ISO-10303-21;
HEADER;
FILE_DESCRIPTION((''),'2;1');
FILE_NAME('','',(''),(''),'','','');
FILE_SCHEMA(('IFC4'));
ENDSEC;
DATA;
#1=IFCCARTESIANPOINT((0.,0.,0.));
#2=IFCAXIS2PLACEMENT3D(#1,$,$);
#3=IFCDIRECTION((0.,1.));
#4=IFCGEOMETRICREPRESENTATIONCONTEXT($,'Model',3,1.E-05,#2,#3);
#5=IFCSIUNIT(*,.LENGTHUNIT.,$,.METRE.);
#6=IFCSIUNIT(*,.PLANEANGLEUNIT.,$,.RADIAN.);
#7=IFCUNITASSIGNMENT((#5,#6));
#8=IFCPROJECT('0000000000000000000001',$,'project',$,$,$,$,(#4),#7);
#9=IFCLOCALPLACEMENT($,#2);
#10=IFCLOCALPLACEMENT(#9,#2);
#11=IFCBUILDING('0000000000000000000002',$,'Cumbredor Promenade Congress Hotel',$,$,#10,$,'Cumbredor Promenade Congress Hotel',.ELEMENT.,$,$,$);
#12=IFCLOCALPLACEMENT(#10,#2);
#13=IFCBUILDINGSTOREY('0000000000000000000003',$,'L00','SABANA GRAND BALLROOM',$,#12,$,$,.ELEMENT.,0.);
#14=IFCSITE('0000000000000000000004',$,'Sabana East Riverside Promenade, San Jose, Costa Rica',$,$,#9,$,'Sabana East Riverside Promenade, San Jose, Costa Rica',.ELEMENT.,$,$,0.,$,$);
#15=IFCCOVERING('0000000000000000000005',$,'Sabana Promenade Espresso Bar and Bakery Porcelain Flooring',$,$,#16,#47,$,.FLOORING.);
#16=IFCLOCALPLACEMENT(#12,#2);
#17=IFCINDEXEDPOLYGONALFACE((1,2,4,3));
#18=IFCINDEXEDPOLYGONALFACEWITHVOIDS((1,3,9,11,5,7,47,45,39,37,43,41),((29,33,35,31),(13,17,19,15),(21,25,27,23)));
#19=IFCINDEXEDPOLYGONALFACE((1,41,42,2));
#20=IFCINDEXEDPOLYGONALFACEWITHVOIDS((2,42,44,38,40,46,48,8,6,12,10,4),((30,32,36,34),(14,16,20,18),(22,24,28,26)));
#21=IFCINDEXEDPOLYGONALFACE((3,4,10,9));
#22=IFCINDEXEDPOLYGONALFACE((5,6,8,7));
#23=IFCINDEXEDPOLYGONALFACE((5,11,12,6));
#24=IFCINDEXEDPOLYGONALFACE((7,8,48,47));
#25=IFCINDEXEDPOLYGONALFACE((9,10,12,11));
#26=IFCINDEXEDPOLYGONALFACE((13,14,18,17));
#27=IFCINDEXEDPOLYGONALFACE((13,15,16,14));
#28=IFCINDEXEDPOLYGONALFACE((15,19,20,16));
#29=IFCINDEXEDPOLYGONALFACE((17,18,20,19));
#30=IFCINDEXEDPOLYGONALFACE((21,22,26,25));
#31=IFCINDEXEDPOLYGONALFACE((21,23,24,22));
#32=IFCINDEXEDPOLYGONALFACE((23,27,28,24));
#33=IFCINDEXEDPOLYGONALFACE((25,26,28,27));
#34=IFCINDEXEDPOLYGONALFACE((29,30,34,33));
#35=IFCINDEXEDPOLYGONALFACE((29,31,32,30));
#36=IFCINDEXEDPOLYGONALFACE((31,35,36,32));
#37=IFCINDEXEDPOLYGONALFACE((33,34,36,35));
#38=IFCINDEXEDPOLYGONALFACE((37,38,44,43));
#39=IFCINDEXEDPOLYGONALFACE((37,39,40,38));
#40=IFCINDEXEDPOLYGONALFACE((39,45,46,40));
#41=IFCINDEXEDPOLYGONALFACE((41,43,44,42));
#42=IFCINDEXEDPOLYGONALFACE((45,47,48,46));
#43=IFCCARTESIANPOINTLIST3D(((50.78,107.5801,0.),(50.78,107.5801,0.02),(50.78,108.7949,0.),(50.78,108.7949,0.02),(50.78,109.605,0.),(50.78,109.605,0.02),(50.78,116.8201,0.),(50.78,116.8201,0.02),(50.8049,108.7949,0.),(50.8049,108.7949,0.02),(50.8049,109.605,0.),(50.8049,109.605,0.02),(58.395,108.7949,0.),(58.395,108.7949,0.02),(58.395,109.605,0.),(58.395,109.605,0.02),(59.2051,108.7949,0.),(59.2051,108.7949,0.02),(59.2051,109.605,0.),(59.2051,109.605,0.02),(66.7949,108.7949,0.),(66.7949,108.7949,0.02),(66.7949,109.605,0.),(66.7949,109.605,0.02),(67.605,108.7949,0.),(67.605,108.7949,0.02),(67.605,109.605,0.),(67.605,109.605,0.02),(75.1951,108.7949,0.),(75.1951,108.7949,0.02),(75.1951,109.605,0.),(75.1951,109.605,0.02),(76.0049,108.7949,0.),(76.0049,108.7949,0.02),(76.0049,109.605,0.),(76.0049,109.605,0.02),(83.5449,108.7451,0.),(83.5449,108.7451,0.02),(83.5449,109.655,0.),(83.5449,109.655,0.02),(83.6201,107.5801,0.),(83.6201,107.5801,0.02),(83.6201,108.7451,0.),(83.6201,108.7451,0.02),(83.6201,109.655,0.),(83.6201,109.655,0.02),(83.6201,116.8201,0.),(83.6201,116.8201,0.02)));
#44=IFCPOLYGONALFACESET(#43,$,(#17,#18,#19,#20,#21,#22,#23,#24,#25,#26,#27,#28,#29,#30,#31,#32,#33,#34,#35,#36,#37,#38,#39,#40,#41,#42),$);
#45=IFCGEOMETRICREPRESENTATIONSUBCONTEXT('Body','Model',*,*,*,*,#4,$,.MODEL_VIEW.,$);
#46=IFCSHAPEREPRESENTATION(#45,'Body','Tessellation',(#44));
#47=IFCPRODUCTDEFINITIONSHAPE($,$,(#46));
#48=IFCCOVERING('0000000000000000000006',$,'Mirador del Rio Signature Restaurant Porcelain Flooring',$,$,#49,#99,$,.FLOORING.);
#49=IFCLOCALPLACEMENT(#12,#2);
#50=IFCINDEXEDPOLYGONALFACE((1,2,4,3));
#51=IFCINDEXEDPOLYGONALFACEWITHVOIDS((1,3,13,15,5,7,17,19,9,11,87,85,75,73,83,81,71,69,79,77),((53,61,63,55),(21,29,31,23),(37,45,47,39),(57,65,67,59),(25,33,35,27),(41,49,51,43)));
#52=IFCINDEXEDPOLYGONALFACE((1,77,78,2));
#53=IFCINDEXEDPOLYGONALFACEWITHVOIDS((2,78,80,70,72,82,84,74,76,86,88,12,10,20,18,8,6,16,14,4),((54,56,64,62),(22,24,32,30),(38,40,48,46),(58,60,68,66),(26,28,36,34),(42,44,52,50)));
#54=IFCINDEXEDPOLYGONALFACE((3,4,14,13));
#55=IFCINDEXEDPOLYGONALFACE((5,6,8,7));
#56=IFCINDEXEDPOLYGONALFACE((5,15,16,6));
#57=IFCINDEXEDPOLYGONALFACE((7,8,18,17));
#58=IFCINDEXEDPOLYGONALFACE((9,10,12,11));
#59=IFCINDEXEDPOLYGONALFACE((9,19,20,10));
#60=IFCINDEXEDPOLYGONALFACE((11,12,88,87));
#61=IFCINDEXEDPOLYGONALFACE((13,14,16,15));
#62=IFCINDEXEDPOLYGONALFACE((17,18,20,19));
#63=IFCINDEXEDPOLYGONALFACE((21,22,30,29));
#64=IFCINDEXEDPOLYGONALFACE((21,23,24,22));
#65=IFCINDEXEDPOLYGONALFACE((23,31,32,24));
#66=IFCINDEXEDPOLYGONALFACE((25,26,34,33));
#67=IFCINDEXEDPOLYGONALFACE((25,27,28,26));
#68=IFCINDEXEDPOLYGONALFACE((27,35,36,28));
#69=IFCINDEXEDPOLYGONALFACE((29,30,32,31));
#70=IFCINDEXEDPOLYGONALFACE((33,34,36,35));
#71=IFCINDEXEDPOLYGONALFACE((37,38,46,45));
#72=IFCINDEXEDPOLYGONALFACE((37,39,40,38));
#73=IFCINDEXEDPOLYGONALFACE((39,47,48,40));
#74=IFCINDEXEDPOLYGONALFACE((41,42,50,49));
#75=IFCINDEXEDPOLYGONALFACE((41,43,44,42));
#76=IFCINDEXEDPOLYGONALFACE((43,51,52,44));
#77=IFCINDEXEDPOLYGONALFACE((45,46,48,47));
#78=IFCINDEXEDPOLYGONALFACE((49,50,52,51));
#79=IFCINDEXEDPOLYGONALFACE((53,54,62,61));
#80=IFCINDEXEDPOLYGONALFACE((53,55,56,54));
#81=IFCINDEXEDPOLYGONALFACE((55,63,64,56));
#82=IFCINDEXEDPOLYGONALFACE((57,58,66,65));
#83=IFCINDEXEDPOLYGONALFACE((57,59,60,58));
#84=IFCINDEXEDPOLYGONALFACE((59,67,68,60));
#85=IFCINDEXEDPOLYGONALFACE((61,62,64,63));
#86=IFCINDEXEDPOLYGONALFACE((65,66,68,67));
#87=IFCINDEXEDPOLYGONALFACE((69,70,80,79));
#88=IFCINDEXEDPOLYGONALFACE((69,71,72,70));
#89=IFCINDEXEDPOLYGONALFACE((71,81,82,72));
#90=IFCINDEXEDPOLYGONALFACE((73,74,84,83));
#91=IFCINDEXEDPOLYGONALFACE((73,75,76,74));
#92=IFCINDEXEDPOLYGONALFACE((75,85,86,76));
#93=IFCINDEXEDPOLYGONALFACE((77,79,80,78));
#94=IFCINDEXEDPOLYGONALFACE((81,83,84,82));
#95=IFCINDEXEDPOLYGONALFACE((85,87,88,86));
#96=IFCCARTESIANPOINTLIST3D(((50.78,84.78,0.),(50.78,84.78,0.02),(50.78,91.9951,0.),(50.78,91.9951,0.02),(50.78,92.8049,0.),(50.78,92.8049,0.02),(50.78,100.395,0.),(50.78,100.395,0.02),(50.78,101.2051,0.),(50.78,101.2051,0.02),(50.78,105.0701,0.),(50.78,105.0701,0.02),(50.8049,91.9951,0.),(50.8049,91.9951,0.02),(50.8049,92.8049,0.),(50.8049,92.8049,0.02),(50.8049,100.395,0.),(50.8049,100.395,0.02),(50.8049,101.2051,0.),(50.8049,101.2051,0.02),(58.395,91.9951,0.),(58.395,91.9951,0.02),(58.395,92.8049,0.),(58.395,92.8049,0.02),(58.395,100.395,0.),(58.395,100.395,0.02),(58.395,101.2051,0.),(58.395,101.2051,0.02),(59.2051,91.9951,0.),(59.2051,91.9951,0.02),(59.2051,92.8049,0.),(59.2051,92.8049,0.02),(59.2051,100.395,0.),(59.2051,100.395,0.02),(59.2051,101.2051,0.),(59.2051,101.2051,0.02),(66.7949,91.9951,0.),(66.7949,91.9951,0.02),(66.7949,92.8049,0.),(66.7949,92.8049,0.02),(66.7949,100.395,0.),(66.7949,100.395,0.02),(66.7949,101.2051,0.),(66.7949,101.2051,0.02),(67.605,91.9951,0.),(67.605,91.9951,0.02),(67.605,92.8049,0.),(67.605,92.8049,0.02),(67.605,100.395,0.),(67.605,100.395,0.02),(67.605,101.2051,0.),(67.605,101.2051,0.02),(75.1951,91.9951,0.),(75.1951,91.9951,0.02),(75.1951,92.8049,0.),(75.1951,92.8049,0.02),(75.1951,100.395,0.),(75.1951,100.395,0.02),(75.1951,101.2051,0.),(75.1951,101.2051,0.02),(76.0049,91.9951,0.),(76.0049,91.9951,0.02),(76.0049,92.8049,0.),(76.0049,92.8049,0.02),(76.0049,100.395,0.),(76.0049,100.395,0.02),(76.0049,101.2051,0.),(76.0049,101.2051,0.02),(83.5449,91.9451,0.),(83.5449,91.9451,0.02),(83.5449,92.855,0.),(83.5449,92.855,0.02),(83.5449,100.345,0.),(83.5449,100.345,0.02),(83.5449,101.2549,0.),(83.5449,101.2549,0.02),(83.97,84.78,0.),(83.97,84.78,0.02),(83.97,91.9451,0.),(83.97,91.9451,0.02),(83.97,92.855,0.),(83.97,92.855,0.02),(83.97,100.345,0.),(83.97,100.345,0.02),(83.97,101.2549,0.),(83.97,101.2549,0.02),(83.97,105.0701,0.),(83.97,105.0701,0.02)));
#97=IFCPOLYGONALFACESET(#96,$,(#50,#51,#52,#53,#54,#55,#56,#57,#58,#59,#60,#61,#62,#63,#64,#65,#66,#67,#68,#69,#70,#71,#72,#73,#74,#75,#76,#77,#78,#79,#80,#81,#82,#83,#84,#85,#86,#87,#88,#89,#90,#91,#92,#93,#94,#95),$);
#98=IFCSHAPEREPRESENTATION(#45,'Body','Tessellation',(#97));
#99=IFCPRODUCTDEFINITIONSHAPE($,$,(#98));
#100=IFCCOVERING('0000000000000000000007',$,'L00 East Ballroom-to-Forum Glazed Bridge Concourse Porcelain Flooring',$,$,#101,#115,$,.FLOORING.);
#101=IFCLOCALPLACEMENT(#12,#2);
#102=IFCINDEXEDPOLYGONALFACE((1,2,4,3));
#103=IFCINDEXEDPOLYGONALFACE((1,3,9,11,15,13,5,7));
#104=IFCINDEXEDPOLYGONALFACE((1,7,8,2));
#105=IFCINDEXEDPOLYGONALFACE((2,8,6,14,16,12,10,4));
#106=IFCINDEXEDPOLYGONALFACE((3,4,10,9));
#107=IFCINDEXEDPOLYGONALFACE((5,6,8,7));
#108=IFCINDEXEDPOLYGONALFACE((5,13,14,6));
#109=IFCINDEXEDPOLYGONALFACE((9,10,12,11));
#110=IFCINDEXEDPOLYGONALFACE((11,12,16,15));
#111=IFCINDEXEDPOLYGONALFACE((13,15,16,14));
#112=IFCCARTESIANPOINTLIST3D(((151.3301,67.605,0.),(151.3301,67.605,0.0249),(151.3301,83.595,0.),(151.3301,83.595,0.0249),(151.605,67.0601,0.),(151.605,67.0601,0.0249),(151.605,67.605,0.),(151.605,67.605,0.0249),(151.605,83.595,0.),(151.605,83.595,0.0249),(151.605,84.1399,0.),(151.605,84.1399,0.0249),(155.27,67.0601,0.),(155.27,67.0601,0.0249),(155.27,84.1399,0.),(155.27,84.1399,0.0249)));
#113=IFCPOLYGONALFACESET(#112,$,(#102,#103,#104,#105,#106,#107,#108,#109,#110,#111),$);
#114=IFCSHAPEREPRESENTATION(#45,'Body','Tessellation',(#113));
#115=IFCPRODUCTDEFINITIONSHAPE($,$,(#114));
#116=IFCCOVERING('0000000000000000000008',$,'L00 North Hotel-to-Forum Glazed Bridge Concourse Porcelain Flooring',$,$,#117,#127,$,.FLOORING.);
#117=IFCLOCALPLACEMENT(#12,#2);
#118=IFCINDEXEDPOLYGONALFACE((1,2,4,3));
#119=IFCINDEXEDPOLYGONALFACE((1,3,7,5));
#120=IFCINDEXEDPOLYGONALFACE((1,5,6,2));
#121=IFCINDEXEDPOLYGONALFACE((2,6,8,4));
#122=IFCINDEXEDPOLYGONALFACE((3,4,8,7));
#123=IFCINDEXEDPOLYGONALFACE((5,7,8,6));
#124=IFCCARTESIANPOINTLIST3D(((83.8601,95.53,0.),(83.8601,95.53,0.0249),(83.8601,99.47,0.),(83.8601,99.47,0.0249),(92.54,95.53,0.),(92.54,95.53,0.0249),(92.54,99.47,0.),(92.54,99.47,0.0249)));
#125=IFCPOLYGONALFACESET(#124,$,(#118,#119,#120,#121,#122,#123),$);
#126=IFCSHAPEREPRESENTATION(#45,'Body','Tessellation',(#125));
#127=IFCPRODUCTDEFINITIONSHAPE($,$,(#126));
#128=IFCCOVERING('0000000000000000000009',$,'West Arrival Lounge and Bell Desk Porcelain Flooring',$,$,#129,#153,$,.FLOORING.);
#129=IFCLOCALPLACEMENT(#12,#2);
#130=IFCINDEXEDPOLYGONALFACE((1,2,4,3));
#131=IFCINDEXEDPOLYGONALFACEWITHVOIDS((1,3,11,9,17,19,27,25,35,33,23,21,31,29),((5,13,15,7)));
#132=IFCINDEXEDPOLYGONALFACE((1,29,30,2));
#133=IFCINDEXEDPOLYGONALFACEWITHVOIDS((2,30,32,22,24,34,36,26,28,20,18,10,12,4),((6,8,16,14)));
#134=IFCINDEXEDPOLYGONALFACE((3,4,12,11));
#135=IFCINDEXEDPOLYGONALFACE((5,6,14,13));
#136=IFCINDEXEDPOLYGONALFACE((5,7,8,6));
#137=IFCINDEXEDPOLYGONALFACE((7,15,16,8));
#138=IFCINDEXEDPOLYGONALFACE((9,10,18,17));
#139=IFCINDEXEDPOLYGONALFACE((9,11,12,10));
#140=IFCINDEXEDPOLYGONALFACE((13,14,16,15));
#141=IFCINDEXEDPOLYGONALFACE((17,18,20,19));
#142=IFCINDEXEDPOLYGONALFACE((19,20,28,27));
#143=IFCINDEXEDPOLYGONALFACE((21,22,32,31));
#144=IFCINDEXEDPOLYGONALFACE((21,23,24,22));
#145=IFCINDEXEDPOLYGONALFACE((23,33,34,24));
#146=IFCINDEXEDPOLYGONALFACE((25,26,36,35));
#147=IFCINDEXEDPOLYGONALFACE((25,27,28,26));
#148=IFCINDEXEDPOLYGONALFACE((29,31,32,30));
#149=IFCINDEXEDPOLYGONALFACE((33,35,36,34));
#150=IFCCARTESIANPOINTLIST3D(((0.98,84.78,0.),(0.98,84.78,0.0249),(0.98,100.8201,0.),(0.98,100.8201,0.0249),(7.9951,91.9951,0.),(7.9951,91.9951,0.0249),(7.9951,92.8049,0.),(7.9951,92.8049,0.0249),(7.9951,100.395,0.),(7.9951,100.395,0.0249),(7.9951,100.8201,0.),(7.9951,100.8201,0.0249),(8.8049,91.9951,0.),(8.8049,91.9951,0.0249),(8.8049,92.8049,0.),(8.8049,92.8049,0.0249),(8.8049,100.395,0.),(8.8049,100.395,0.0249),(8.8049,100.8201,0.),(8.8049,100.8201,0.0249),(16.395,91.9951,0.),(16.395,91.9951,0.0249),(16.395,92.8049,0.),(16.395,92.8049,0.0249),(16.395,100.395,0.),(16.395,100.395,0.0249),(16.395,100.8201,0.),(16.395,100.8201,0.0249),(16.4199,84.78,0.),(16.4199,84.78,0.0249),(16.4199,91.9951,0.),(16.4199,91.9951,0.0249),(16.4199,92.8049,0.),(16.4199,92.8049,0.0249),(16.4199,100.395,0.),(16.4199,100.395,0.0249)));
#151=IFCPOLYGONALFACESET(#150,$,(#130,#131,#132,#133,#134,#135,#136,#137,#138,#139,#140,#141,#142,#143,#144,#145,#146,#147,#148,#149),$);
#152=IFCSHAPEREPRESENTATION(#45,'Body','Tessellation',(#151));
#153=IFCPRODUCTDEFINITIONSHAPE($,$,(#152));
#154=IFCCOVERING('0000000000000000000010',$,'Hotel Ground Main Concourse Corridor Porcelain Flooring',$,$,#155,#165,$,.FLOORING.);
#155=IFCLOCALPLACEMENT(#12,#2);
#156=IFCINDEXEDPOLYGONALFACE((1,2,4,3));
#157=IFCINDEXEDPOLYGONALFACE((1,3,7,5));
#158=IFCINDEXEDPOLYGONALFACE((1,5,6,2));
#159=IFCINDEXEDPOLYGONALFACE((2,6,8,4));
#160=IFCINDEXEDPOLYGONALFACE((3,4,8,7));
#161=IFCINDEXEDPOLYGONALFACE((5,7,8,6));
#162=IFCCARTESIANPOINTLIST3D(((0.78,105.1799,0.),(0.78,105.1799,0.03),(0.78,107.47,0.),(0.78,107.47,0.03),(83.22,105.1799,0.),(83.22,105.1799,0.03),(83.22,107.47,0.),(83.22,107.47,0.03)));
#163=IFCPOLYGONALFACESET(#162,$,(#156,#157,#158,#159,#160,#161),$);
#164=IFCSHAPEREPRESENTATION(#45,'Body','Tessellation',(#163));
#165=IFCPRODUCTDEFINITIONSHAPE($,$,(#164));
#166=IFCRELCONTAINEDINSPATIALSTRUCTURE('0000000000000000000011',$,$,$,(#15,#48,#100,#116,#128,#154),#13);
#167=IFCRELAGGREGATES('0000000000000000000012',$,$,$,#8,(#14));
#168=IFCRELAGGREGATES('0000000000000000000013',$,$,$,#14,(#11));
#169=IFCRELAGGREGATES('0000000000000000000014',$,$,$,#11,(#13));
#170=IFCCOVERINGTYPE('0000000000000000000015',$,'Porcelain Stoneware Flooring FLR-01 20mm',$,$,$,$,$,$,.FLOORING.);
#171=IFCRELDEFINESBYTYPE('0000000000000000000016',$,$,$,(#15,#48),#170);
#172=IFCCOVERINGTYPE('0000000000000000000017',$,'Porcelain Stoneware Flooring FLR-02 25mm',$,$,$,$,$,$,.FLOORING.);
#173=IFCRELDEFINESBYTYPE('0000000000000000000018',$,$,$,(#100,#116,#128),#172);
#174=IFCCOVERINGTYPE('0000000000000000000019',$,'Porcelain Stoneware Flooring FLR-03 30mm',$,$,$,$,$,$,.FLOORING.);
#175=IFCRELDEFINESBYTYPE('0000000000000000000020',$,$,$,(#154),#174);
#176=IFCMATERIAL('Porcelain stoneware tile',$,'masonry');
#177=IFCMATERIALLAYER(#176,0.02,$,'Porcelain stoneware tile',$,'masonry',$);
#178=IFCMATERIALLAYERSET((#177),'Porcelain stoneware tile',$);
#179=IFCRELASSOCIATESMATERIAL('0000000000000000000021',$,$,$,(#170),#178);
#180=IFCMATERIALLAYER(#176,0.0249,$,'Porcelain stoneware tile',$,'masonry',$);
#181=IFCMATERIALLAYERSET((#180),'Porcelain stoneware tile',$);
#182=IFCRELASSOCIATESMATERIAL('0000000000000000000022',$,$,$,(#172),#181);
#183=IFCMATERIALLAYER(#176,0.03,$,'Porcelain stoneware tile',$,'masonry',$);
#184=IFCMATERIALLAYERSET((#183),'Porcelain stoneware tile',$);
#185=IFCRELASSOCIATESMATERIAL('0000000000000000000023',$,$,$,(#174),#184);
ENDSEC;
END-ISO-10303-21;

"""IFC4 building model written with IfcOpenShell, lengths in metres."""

from ifc_helpers import new_model, si_unit, direction, origin, place, context, subcontext, project, spatial, polyline, outline, extrude, material, layer, layer_set, type_object, element, save


model = new_model("IFC4")

# Units and contexts
model_context = context("Model", 3, precision=1e-05, world=origin(), true_north=direction((0.0, 1.0)))
body_context = subcontext(model_context, "Body", "Model", "MODEL_VIEW")
ifc_project = project(units=[si_unit("LENGTHUNIT", "METRE"), si_unit("PLANEANGLEUNIT", "RADIAN")], contexts=[model_context])

# Site, building, storey
site_placement = place(None, origin())
site = spatial("IfcSite", under=ifc_project, at=site_placement, Name="Sabana East Riverside Promenade, San Jose, Costa Rica", LongName="Sabana East Riverside Promenade, San Jose, Costa Rica", CompositionType="ELEMENT", RefElevation=0.0)
building_placement = place(site_placement, origin())
building = spatial("IfcBuilding", under=site, at=building_placement, Name="Cumbredor Promenade Congress Hotel", LongName="Cumbredor Promenade Congress Hotel", CompositionType="ELEMENT")
storey_placement = place(building_placement, origin())
storey = spatial("IfcBuildingStorey", under=building, at=storey_placement, Name="L00", Description="SABANA GRAND BALLROOM", CompositionType="ELEMENT", Elevation=0.0)

# Coverings
ifc_material_1 = material(Name="Porcelain stoneware tile", Category="masonry")
ifc_layer_1 = layer(ifc_material_1, 0.02, Name="Porcelain stoneware tile", Category="masonry")
ifc_layer_set_1 = layer_set([ifc_layer_1], Name="Porcelain stoneware tile")
covering_type_1 = type_object("IfcCoveringType", Name="Porcelain Stoneware Flooring FLR-01 20mm", PredefinedType="FLOORING", material=ifc_layer_set_1)
covering_1_placement = place(storey_placement, origin())
element("IfcCovering", 1, at=covering_1_placement, inside=storey, type_object=covering_type_1, Name="Sabana Promenade Espresso Bar and Bakery Porcelain Flooring", PredefinedType="FLOORING", context=body_context, shape_type="SweptSolid", body=[
    extrude(outline(polyline([(50.78, 116.8201), (83.6201, 116.8201), (83.6201, 109.655), (83.5449, 109.655), (83.5449, 108.7451), (83.6201, 108.7451), (83.6201, 107.5801), (50.78, 107.5801), (50.78, 108.7949), (50.8049, 108.7949), (50.8049, 109.605), (50.78, 109.605), (50.78, 116.8201)]), holes=[polyline([(59.2051, 108.7949), (59.2051, 109.605), (58.395, 109.605), (58.395, 108.7949), (59.2051, 108.7949)]), polyline([(66.7949, 108.7949), (67.605, 108.7949), (67.605, 109.605), (66.7949, 109.605), (66.7949, 108.7949)]), polyline([(75.1951, 109.605), (75.1951, 108.7949), (76.0049, 108.7949), (76.0049, 109.605), (75.1951, 109.605)])]), origin(), (0.0, 0.0, 1.0), 0.02),
])
covering_2_placement = place(storey_placement, origin())
element("IfcCovering", 2, at=covering_2_placement, inside=storey, type_object=covering_type_1, Name="Mirador del Rio Signature Restaurant Porcelain Flooring", PredefinedType="FLOORING", context=body_context, shape_type="SweptSolid", body=[
    extrude(outline(polyline([(83.97, 105.0701), (83.97, 101.2549), (83.5449, 101.2549), (83.5449, 100.345), (83.97, 100.345), (83.97, 92.855), (83.5449, 92.855), (83.5449, 91.9451), (83.97, 91.9451), (83.97, 84.78), (50.78, 84.78), (50.78, 91.9951), (50.8049, 91.9951), (50.8049, 92.8049), (50.78, 92.8049), (50.78, 100.395), (50.8049, 100.395), (50.8049, 101.2051), (50.78, 101.2051), (50.78, 105.0701), (83.97, 105.0701)]), holes=[polyline([(59.2051, 91.9951), (59.2051, 92.8049), (58.395, 92.8049), (58.395, 91.9951), (59.2051, 91.9951)]), polyline([(58.395, 100.395), (59.2051, 100.395), (59.2051, 101.2051), (58.395, 101.2051), (58.395, 100.395)]), polyline([(66.7949, 92.8049), (66.7949, 91.9951), (67.605, 91.9951), (67.605, 92.8049), (66.7949, 92.8049)]), polyline([(67.605, 101.2051), (66.7949, 101.2051), (66.7949, 100.395), (67.605, 100.395), (67.605, 101.2051)]), polyline([(76.0049, 91.9951), (76.0049, 92.8049), (75.1951, 92.8049), (75.1951, 91.9951), (76.0049, 91.9951)]), polyline([(75.1951, 100.395), (76.0049, 100.395), (76.0049, 101.2051), (75.1951, 101.2051), (75.1951, 100.395)])]), origin(), (0.0, 0.0, 1.0), 0.02),
])
ifc_layer_2 = layer(ifc_material_1, 0.0249, Name="Porcelain stoneware tile", Category="masonry")
ifc_layer_set_2 = layer_set([ifc_layer_2], Name="Porcelain stoneware tile")
covering_type_2 = type_object("IfcCoveringType", Name="Porcelain Stoneware Flooring FLR-02 25mm", PredefinedType="FLOORING", material=ifc_layer_set_2)
covering_3_placement = place(storey_placement, origin())
element("IfcCovering", 3, at=covering_3_placement, inside=storey, type_object=covering_type_2, Name="L00 East Ballroom-to-Forum Glazed Bridge Concourse Porcelain Flooring", PredefinedType="FLOORING", context=body_context, shape_type="SweptSolid", body=[
    extrude(outline(polyline([(155.27, 84.1399), (155.27, 67.0601), (151.605, 67.0601), (151.605, 67.605), (151.3301, 67.605), (151.3301, 83.595), (151.605, 83.595), (151.605, 84.1399), (155.27, 84.1399)])), origin(), (0.0, 0.0, 1.0), 0.0249),
])
covering_4_placement = place(storey_placement, origin())
element("IfcCovering", 4, at=covering_4_placement, inside=storey, type_object=covering_type_2, Name="L00 North Hotel-to-Forum Glazed Bridge Concourse Porcelain Flooring", PredefinedType="FLOORING", context=body_context, shape_type="SweptSolid", body=[
    extrude(outline(polyline([(83.8601, 95.53), (83.8601, 99.47), (92.54, 99.47), (92.54, 95.53), (83.8601, 95.53)])), origin(), (0.0, 0.0, 1.0), 0.0249),
])
covering_5_placement = place(storey_placement, origin())
element("IfcCovering", 5, at=covering_5_placement, inside=storey, type_object=covering_type_2, Name="West Arrival Lounge and Bell Desk Porcelain Flooring", PredefinedType="FLOORING", context=body_context, shape_type="SweptSolid", body=[
    extrude(outline(polyline([(8.8049, 100.395), (8.8049, 100.8201), (16.395, 100.8201), (16.395, 100.395), (16.4199, 100.395), (16.4199, 92.8049), (16.395, 92.8049), (16.395, 91.9951), (16.4199, 91.9951), (16.4199, 84.78), (0.98, 84.78), (0.98, 100.8201), (7.9951, 100.8201), (7.9951, 100.395), (8.8049, 100.395)]), holes=[polyline([(8.8049, 91.9951), (8.8049, 92.8049), (7.9951, 92.8049), (7.9951, 91.9951), (8.8049, 91.9951)])]), origin(), (0.0, 0.0, 1.0), 0.0249),
])
ifc_layer_3 = layer(ifc_material_1, 0.03, Name="Porcelain stoneware tile", Category="masonry")
ifc_layer_set_3 = layer_set([ifc_layer_3], Name="Porcelain stoneware tile")
covering_type_3 = type_object("IfcCoveringType", Name="Porcelain Stoneware Flooring FLR-03 30mm", PredefinedType="FLOORING", material=ifc_layer_set_3)
covering_6_placement = place(storey_placement, origin())
element("IfcCovering", 6, at=covering_6_placement, inside=storey, type_object=covering_type_3, Name="Hotel Ground Main Concourse Corridor Porcelain Flooring", PredefinedType="FLOORING", context=body_context, shape_type="SweptSolid", body=[
    extrude(outline(polyline([(0.78, 105.1799), (0.78, 107.47), (83.22, 107.47), (83.22, 105.1799), (0.78, 105.1799)])), origin(), (0.0, 0.0, 1.0), 0.03),
])

save(model, "model.ifc")
